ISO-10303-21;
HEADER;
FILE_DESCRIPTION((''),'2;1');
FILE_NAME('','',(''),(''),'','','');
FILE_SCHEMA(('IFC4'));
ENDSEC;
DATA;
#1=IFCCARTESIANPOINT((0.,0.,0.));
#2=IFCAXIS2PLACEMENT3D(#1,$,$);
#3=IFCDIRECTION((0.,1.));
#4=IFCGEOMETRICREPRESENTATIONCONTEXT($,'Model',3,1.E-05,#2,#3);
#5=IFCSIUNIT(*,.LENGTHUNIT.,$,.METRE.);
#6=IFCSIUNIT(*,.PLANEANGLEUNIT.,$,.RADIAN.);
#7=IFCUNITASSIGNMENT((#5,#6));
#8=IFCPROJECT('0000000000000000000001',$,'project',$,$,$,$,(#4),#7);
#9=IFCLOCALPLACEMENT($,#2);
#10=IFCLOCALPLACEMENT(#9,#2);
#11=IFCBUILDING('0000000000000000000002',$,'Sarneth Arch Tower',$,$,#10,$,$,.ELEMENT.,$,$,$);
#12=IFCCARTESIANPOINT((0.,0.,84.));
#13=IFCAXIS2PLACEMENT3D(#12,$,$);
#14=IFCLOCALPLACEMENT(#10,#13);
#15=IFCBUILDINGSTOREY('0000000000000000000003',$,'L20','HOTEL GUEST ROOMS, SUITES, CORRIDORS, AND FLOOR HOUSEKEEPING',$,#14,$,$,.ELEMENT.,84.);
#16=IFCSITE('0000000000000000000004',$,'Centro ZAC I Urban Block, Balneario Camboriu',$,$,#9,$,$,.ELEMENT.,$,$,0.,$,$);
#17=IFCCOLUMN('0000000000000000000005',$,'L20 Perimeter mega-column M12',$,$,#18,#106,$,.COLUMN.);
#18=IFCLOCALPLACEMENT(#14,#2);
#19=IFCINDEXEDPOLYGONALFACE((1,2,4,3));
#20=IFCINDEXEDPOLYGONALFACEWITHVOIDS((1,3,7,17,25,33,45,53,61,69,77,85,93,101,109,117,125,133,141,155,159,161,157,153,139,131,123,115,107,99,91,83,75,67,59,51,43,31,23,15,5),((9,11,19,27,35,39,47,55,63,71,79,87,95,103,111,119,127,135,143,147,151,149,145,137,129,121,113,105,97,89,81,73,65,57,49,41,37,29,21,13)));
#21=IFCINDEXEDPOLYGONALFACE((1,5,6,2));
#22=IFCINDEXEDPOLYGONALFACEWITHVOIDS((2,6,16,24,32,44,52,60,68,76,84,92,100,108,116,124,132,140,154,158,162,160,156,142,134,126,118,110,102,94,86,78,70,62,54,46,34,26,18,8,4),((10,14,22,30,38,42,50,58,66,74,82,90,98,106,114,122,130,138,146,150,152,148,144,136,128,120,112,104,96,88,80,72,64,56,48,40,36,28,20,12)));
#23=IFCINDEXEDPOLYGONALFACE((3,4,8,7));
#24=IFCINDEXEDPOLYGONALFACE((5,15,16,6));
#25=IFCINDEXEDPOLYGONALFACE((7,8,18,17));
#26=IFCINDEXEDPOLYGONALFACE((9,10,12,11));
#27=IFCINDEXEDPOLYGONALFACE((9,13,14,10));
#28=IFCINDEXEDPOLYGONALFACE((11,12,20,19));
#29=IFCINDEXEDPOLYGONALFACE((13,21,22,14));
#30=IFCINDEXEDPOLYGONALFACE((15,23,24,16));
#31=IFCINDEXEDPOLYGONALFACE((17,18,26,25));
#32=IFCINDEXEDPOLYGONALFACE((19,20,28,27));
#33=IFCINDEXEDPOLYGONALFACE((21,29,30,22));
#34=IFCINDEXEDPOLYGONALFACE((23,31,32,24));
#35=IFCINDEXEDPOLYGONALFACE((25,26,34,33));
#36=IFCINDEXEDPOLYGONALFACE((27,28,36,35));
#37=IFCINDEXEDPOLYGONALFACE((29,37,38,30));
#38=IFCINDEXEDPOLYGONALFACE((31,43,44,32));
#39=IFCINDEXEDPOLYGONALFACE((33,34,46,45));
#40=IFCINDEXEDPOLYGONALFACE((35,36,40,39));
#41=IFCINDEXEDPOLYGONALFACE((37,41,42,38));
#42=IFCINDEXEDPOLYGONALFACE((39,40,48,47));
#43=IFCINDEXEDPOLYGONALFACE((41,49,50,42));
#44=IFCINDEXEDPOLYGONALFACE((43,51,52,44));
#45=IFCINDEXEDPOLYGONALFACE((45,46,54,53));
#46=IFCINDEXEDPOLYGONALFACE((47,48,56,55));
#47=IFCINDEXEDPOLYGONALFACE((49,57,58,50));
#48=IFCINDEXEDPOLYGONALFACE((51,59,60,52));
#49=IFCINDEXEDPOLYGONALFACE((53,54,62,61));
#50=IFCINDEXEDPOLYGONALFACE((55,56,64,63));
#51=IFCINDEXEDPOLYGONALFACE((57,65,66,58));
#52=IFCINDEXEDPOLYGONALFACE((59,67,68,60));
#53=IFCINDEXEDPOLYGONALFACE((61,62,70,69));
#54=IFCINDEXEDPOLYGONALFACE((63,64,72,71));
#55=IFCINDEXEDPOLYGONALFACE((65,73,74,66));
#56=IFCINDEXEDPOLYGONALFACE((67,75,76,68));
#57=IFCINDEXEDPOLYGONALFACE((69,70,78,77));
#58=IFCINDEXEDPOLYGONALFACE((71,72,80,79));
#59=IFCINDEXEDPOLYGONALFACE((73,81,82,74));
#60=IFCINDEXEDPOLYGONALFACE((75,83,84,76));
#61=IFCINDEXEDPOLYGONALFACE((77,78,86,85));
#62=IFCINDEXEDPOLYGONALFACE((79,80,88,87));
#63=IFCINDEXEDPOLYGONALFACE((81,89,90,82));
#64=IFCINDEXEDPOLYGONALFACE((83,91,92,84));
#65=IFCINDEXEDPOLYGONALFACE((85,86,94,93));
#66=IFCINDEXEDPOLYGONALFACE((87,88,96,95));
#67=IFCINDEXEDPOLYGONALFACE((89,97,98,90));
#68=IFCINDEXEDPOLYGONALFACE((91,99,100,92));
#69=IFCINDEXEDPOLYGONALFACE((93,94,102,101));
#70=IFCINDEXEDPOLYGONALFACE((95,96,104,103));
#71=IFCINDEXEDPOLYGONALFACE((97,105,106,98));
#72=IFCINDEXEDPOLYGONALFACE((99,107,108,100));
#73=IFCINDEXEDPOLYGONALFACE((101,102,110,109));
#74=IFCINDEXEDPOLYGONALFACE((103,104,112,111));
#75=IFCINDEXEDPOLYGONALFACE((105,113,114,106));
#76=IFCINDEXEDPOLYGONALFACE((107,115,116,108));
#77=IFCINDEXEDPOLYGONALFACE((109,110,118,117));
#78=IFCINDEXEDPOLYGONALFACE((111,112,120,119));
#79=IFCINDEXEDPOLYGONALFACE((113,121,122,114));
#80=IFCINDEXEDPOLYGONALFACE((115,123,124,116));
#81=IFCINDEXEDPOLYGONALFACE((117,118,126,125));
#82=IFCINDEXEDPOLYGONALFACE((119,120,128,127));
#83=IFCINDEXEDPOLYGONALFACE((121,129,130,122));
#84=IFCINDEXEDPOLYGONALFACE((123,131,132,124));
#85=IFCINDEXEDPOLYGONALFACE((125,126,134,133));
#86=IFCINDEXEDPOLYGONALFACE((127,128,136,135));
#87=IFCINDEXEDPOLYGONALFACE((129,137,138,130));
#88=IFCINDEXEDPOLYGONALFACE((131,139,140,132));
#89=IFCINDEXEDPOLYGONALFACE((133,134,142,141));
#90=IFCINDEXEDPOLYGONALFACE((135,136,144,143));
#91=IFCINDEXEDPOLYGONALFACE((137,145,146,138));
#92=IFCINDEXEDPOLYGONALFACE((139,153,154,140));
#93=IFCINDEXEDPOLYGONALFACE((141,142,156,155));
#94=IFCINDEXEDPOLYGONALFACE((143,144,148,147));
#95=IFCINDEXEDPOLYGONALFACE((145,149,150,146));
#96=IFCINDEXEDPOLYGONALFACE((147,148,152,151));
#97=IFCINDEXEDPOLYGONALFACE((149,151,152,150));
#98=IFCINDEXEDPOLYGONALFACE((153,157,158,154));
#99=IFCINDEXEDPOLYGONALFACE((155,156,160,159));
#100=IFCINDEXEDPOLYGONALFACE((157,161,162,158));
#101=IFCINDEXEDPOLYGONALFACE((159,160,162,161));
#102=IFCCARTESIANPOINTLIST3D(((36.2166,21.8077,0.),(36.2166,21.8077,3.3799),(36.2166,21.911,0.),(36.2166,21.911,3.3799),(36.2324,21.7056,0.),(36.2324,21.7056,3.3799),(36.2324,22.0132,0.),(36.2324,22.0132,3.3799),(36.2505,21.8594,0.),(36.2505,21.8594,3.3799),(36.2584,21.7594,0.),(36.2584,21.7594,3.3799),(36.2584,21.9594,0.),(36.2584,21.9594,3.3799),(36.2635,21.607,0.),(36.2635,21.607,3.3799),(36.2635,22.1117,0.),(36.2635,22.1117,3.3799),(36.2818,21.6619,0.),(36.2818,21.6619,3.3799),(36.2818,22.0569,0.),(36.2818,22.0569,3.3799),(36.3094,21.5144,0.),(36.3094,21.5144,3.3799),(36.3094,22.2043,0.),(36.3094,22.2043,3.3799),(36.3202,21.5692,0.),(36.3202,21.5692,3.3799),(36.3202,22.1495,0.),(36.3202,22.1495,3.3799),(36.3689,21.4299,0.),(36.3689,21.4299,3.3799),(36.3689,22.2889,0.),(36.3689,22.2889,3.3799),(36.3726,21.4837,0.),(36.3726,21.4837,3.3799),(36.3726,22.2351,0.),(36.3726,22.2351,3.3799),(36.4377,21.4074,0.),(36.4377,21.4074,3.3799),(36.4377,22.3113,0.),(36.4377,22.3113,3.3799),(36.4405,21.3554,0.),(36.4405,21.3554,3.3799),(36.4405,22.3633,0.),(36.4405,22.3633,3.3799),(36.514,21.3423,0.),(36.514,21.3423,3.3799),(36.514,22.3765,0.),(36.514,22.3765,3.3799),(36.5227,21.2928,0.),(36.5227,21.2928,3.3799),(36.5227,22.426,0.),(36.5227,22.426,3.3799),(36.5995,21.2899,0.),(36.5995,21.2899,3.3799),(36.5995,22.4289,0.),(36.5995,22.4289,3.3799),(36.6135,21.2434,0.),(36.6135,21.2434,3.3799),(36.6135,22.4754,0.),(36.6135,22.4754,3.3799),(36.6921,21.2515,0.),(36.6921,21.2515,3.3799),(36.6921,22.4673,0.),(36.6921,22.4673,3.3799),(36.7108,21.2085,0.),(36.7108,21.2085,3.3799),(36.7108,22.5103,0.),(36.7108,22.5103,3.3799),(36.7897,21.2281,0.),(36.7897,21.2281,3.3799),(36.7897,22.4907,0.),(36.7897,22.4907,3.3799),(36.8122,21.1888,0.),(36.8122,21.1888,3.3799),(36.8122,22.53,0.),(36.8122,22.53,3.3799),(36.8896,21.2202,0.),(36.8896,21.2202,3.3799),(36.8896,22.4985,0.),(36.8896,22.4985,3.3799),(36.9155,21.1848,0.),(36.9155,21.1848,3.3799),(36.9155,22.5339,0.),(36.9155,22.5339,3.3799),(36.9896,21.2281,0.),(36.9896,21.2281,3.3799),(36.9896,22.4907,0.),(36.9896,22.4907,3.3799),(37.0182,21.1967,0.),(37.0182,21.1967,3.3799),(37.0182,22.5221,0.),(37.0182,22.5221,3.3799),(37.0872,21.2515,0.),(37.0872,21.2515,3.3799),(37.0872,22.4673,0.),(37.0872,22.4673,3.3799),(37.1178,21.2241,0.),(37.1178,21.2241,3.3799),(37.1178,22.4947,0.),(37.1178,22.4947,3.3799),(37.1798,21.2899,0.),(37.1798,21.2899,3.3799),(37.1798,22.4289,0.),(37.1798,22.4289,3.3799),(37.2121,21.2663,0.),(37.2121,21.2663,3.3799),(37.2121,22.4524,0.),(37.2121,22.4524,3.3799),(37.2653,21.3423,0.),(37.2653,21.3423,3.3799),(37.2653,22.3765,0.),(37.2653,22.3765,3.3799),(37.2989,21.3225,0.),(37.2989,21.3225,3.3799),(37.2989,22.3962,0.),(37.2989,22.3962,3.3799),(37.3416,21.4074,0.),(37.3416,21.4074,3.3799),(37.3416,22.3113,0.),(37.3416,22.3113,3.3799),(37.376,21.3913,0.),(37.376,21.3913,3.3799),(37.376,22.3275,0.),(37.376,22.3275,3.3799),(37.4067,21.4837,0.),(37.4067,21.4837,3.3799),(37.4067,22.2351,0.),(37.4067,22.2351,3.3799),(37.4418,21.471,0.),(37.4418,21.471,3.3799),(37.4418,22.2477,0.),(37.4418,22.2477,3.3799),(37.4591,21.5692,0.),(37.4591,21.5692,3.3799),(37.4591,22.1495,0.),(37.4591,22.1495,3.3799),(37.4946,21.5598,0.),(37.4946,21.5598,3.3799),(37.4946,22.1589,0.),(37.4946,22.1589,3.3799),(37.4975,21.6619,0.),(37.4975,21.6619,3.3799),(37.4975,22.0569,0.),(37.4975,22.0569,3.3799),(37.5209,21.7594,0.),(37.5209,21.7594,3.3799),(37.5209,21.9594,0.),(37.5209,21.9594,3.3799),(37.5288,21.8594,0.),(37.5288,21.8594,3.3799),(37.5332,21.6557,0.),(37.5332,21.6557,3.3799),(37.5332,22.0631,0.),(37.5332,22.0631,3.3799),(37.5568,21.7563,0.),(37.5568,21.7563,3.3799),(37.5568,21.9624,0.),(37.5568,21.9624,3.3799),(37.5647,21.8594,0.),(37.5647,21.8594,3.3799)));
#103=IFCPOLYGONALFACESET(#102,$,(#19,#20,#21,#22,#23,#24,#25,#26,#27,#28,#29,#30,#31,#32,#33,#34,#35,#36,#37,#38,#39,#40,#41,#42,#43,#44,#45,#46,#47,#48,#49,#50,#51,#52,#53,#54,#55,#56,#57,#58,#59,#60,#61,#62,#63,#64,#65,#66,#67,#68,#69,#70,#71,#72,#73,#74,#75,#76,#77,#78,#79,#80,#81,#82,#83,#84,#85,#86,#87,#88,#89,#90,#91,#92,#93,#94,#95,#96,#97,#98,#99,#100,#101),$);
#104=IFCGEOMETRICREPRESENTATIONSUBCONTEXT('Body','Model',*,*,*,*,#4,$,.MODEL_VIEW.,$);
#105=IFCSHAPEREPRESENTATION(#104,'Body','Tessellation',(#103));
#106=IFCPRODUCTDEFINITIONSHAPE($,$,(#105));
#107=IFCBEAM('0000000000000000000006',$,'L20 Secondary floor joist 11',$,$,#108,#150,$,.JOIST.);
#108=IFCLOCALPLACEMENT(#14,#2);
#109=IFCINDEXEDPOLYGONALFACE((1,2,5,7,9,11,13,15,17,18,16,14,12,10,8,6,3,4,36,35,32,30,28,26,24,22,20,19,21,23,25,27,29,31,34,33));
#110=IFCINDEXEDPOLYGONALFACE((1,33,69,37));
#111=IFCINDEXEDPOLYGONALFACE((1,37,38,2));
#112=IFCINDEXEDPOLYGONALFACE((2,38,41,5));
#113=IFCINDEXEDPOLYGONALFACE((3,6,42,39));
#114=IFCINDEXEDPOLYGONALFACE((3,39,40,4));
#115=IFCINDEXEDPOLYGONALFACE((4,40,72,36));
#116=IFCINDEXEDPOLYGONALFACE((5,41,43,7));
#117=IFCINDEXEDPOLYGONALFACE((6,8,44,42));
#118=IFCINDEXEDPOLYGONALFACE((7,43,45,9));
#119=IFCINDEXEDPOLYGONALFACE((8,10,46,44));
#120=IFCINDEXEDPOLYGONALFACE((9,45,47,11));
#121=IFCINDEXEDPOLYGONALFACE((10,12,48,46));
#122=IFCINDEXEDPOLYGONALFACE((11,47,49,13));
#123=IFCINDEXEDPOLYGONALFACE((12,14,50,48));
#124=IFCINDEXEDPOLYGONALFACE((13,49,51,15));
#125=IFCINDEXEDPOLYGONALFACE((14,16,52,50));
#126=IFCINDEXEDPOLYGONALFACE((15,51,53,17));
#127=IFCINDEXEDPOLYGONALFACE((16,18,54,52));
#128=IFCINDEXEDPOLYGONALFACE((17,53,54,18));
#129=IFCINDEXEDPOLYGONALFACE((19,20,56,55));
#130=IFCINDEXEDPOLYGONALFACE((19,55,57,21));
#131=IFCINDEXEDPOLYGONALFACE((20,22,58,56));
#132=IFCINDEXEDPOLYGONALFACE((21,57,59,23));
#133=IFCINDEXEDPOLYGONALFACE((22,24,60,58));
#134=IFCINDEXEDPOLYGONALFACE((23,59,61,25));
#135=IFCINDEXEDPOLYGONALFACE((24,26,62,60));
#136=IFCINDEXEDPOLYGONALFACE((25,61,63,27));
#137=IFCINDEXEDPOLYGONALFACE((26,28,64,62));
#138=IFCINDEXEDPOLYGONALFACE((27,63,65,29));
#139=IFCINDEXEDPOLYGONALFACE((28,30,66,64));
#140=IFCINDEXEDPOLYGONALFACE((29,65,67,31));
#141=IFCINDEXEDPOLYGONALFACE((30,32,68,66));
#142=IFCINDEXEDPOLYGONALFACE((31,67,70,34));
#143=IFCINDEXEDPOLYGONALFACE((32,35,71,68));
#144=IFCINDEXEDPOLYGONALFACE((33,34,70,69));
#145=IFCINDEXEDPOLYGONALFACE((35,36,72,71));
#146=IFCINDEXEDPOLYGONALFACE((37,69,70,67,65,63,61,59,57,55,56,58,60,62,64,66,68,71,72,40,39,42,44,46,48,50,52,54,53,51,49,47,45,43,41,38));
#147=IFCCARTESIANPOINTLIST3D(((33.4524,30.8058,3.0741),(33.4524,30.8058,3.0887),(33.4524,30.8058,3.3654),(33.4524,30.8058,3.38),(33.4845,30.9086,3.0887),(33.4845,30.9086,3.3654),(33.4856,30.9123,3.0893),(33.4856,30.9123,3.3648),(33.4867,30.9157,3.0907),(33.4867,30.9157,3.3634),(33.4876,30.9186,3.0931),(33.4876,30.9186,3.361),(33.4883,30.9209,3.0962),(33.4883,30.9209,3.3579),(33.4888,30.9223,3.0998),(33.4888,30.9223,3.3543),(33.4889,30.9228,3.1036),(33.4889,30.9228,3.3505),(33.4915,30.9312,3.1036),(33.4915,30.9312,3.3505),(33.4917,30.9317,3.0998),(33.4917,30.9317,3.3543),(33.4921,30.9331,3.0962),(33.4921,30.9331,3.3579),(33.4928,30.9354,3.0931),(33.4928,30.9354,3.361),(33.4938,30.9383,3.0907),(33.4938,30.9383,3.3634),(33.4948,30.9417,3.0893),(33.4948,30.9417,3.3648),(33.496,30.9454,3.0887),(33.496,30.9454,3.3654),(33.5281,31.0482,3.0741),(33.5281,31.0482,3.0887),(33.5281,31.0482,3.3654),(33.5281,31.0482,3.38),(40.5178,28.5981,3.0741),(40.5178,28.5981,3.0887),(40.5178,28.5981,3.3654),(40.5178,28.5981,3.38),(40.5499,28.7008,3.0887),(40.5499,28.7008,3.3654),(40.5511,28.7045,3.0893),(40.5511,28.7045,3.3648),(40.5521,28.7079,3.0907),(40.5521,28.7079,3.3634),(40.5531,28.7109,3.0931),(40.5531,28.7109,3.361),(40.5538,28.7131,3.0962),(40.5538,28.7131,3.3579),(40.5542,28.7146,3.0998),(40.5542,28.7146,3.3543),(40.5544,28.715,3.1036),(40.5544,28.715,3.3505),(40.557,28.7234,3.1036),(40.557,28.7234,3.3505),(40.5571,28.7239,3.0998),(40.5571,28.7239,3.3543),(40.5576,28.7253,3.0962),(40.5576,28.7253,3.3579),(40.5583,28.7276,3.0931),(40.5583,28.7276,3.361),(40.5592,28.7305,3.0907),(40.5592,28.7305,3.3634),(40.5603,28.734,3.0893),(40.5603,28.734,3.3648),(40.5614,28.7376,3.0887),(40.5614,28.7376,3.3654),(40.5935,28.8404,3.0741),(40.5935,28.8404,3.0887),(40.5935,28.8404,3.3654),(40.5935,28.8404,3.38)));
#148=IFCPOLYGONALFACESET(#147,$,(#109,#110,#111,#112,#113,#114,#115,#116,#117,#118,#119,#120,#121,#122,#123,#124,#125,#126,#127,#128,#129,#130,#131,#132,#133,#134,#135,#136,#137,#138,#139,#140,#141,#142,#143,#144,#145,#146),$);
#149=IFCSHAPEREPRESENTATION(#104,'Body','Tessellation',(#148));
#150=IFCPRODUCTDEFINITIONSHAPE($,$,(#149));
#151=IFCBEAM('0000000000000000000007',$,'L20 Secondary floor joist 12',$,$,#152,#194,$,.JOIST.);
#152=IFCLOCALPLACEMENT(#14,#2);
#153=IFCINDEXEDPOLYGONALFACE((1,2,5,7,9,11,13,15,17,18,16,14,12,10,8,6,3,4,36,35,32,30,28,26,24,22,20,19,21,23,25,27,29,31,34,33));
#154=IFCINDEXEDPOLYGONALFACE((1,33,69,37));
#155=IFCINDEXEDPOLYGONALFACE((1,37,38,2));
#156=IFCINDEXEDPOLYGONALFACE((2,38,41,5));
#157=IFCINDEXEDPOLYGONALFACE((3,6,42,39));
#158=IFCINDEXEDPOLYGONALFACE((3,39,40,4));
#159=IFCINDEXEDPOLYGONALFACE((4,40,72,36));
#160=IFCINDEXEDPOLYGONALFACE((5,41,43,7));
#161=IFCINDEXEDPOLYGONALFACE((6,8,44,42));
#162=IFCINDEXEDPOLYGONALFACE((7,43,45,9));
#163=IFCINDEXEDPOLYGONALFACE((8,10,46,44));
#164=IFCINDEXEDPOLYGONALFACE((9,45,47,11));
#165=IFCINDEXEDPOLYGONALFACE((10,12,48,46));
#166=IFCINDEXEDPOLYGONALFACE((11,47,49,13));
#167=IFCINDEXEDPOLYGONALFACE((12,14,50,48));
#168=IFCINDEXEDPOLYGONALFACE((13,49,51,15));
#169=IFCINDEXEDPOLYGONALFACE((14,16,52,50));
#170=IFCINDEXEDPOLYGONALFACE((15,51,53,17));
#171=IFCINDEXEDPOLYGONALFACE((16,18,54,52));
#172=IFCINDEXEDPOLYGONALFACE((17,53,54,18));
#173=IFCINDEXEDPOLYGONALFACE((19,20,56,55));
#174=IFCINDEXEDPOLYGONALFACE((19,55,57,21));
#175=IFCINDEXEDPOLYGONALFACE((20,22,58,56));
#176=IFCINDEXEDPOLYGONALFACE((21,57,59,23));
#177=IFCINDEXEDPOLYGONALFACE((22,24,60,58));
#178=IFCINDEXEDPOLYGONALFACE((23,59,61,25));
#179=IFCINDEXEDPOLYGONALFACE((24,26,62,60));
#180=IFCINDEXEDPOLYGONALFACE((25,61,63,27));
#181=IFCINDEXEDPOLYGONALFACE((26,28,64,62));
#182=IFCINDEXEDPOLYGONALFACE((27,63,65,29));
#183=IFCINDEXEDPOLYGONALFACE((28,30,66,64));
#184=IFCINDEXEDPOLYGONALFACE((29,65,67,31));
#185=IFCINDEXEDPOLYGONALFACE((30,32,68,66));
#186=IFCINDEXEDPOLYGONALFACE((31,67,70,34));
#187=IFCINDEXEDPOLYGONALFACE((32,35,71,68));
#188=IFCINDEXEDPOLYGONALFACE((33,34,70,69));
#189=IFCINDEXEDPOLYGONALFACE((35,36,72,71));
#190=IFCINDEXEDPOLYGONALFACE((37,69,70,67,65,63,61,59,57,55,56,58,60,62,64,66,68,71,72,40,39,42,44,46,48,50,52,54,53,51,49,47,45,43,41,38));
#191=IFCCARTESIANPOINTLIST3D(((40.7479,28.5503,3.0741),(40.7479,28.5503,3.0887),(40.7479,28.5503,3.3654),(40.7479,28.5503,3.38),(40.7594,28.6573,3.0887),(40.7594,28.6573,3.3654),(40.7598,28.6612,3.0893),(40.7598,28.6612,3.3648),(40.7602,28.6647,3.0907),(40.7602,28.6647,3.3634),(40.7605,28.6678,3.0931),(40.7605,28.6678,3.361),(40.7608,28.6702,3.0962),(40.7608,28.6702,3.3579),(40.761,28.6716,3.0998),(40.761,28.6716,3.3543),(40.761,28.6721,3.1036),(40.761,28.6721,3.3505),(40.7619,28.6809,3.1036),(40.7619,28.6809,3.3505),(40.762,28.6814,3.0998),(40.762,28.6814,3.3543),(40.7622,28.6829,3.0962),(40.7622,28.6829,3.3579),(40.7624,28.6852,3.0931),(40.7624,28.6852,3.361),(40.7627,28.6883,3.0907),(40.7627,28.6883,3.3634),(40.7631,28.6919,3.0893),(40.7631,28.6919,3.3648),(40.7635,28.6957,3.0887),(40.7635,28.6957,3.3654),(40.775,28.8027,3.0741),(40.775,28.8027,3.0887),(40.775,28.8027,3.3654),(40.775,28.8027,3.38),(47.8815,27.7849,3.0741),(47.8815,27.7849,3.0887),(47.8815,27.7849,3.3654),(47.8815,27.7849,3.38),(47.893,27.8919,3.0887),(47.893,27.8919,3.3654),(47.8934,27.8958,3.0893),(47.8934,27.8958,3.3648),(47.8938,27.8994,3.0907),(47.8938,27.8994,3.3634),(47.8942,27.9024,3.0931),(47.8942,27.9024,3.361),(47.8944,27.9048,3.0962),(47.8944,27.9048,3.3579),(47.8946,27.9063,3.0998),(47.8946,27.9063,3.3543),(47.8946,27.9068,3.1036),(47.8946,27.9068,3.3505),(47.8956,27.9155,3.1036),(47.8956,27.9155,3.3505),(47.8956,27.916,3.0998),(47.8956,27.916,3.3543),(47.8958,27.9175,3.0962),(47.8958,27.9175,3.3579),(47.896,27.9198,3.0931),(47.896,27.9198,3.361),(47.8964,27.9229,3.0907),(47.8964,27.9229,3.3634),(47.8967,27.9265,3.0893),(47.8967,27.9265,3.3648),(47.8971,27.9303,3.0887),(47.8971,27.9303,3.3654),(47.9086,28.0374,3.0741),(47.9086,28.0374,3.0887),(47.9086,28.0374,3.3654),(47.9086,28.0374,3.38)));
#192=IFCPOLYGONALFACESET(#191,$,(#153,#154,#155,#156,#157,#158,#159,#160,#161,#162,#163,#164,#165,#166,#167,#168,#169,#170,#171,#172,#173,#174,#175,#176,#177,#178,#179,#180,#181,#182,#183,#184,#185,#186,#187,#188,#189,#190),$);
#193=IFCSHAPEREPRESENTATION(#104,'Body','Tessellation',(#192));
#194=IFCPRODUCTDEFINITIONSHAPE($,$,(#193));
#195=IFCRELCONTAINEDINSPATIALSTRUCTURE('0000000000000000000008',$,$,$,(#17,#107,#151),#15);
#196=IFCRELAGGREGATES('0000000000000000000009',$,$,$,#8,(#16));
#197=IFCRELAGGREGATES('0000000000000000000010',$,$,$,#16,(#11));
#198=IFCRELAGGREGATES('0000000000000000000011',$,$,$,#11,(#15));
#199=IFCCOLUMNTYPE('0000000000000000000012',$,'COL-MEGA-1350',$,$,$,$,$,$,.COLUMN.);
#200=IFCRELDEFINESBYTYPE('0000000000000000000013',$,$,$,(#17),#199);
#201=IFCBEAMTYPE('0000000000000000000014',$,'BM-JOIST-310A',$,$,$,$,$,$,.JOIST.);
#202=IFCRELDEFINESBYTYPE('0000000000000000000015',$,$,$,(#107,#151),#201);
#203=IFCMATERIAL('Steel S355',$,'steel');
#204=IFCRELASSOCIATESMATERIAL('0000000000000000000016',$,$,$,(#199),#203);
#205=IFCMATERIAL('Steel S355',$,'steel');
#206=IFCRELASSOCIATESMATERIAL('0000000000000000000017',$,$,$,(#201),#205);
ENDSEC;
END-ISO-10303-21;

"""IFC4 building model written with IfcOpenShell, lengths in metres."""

from ifc_helpers import new_model, si_unit, direction, frame, origin, origin_2d, place, context, subcontext, project, spatial, hollow_circle, i_section, extrude, material, material_profile, profile_set, type_object, element, save


model = new_model("IFC4")

# Units and contexts
model_context = context("Model", 3, precision=1e-05, world=origin(), true_north=direction((0.0, 1.0)))
body_context = subcontext(model_context, "Body", "Model", "MODEL_VIEW")
ifc_project = project(units=[si_unit("LENGTHUNIT", "METRE"), si_unit("PLANEANGLEUNIT", "RADIAN")], contexts=[model_context])

# Site, building, storey
site_placement = place(None, origin())
site = spatial("IfcSite", under=ifc_project, at=site_placement, Name="Centro ZAC I Urban Block, Balneario Camboriu", CompositionType="ELEMENT", RefElevation=0.0)
building_placement = place(site_placement, origin())
building = spatial("IfcBuilding", under=site, at=building_placement, Name="Sarneth Arch Tower", CompositionType="ELEMENT")
storey_placement = place(building_placement, frame((0.0, 0.0, 84.0)))
storey = spatial("IfcBuildingStorey", under=building, at=storey_placement, Name="L20", Description="HOTEL GUEST ROOMS, SUITES, CORRIDORS, AND FLOOR HOUSEKEEPING", CompositionType="ELEMENT", Elevation=84.0)

# Column
ifc_material_1 = material(Name="Steel S355", Category="steel")
ifc_material_profile_1 = material_profile(ifc_material_1, hollow_circle(Radius=0.675, WallThickness=0.0359, at=origin_2d()), Name="CHS1350x36")
ifc_profile_set_1 = profile_set([ifc_material_profile_1], Name="Steel S355")
column_type = type_object("IfcColumnType", Name="COL-MEGA-1350", PredefinedType="COLUMN", material=ifc_profile_set_1)
column_placement = place(storey_placement, frame((36.8896, 21.8594, 0.0), z_axis=(0.0, 0.0, 1.0), x_axis=(1.0, 0.0, 0.0)))
element("IfcColumn", 1, at=column_placement, inside=storey, type_object=column_type, Name="L20 Perimeter mega-column M12", PredefinedType="COLUMN", context=body_context, shape_type="SweptSolid", body=[
    extrude(hollow_circle(Radius=0.675, WallThickness=0.0359, at=origin_2d()), origin(), (0.0, 0.0, 1.0), 3.3799),
])

# Beams
ifc_material_2 = material(Name="Steel S355", Category="steel")
ifc_material_profile_2 = material_profile(ifc_material_2, i_section(OverallWidth=0.2539, OverallDepth=0.3059, WebThickness=0.0088, FlangeThickness=0.0146, FilletRadius=0.0149, at=origin_2d()), Name="W310x79")
ifc_profile_set_2 = profile_set([ifc_material_profile_2], Name="Steel S355")
beam_type_1 = type_object("IfcBeamType", Name="BM-JOIST-310A", PredefinedType="JOIST", material=ifc_profile_set_2)
beam_1_placement = place(storey_placement, frame((33.4902, 30.927, 3.2271), z_axis=(0.954487, -0.298252, 0.0), x_axis=(0.298252, 0.954487, 0.0)))
element("IfcBeam", 2, at=beam_1_placement, inside=storey, type_object=beam_type_1, Name="L20 Secondary floor joist 11", PredefinedType="JOIST", context=body_context, shape_type="SweptSolid", body=[
    extrude(i_section(OverallWidth=0.2539, OverallDepth=0.3059, WebThickness=0.0088, FlangeThickness=0.0146, FilletRadius=0.0149, at=origin_2d()), origin(), (0.0, 0.0, 1.0), 7.4023),
])
beam_2_placement = place(storey_placement, frame((40.7615, 28.6765, 3.2271), z_axis=(0.994293, -0.106681, 0.0), x_axis=(0.106681, 0.994293, 0.0)))
element("IfcBeam", 3, at=beam_2_placement, inside=storey, type_object=beam_type_1, Name="L20 Secondary floor joist 12", PredefinedType="JOIST", context=body_context, shape_type="SweptSolid", body=[
    extrude(i_section(OverallWidth=0.2539, OverallDepth=0.3059, WebThickness=0.0088, FlangeThickness=0.0146, FilletRadius=0.0149, at=origin_2d()), origin(), (0.0, 0.0, 1.0), 7.1746),
])

save(model, "model.ifc")
